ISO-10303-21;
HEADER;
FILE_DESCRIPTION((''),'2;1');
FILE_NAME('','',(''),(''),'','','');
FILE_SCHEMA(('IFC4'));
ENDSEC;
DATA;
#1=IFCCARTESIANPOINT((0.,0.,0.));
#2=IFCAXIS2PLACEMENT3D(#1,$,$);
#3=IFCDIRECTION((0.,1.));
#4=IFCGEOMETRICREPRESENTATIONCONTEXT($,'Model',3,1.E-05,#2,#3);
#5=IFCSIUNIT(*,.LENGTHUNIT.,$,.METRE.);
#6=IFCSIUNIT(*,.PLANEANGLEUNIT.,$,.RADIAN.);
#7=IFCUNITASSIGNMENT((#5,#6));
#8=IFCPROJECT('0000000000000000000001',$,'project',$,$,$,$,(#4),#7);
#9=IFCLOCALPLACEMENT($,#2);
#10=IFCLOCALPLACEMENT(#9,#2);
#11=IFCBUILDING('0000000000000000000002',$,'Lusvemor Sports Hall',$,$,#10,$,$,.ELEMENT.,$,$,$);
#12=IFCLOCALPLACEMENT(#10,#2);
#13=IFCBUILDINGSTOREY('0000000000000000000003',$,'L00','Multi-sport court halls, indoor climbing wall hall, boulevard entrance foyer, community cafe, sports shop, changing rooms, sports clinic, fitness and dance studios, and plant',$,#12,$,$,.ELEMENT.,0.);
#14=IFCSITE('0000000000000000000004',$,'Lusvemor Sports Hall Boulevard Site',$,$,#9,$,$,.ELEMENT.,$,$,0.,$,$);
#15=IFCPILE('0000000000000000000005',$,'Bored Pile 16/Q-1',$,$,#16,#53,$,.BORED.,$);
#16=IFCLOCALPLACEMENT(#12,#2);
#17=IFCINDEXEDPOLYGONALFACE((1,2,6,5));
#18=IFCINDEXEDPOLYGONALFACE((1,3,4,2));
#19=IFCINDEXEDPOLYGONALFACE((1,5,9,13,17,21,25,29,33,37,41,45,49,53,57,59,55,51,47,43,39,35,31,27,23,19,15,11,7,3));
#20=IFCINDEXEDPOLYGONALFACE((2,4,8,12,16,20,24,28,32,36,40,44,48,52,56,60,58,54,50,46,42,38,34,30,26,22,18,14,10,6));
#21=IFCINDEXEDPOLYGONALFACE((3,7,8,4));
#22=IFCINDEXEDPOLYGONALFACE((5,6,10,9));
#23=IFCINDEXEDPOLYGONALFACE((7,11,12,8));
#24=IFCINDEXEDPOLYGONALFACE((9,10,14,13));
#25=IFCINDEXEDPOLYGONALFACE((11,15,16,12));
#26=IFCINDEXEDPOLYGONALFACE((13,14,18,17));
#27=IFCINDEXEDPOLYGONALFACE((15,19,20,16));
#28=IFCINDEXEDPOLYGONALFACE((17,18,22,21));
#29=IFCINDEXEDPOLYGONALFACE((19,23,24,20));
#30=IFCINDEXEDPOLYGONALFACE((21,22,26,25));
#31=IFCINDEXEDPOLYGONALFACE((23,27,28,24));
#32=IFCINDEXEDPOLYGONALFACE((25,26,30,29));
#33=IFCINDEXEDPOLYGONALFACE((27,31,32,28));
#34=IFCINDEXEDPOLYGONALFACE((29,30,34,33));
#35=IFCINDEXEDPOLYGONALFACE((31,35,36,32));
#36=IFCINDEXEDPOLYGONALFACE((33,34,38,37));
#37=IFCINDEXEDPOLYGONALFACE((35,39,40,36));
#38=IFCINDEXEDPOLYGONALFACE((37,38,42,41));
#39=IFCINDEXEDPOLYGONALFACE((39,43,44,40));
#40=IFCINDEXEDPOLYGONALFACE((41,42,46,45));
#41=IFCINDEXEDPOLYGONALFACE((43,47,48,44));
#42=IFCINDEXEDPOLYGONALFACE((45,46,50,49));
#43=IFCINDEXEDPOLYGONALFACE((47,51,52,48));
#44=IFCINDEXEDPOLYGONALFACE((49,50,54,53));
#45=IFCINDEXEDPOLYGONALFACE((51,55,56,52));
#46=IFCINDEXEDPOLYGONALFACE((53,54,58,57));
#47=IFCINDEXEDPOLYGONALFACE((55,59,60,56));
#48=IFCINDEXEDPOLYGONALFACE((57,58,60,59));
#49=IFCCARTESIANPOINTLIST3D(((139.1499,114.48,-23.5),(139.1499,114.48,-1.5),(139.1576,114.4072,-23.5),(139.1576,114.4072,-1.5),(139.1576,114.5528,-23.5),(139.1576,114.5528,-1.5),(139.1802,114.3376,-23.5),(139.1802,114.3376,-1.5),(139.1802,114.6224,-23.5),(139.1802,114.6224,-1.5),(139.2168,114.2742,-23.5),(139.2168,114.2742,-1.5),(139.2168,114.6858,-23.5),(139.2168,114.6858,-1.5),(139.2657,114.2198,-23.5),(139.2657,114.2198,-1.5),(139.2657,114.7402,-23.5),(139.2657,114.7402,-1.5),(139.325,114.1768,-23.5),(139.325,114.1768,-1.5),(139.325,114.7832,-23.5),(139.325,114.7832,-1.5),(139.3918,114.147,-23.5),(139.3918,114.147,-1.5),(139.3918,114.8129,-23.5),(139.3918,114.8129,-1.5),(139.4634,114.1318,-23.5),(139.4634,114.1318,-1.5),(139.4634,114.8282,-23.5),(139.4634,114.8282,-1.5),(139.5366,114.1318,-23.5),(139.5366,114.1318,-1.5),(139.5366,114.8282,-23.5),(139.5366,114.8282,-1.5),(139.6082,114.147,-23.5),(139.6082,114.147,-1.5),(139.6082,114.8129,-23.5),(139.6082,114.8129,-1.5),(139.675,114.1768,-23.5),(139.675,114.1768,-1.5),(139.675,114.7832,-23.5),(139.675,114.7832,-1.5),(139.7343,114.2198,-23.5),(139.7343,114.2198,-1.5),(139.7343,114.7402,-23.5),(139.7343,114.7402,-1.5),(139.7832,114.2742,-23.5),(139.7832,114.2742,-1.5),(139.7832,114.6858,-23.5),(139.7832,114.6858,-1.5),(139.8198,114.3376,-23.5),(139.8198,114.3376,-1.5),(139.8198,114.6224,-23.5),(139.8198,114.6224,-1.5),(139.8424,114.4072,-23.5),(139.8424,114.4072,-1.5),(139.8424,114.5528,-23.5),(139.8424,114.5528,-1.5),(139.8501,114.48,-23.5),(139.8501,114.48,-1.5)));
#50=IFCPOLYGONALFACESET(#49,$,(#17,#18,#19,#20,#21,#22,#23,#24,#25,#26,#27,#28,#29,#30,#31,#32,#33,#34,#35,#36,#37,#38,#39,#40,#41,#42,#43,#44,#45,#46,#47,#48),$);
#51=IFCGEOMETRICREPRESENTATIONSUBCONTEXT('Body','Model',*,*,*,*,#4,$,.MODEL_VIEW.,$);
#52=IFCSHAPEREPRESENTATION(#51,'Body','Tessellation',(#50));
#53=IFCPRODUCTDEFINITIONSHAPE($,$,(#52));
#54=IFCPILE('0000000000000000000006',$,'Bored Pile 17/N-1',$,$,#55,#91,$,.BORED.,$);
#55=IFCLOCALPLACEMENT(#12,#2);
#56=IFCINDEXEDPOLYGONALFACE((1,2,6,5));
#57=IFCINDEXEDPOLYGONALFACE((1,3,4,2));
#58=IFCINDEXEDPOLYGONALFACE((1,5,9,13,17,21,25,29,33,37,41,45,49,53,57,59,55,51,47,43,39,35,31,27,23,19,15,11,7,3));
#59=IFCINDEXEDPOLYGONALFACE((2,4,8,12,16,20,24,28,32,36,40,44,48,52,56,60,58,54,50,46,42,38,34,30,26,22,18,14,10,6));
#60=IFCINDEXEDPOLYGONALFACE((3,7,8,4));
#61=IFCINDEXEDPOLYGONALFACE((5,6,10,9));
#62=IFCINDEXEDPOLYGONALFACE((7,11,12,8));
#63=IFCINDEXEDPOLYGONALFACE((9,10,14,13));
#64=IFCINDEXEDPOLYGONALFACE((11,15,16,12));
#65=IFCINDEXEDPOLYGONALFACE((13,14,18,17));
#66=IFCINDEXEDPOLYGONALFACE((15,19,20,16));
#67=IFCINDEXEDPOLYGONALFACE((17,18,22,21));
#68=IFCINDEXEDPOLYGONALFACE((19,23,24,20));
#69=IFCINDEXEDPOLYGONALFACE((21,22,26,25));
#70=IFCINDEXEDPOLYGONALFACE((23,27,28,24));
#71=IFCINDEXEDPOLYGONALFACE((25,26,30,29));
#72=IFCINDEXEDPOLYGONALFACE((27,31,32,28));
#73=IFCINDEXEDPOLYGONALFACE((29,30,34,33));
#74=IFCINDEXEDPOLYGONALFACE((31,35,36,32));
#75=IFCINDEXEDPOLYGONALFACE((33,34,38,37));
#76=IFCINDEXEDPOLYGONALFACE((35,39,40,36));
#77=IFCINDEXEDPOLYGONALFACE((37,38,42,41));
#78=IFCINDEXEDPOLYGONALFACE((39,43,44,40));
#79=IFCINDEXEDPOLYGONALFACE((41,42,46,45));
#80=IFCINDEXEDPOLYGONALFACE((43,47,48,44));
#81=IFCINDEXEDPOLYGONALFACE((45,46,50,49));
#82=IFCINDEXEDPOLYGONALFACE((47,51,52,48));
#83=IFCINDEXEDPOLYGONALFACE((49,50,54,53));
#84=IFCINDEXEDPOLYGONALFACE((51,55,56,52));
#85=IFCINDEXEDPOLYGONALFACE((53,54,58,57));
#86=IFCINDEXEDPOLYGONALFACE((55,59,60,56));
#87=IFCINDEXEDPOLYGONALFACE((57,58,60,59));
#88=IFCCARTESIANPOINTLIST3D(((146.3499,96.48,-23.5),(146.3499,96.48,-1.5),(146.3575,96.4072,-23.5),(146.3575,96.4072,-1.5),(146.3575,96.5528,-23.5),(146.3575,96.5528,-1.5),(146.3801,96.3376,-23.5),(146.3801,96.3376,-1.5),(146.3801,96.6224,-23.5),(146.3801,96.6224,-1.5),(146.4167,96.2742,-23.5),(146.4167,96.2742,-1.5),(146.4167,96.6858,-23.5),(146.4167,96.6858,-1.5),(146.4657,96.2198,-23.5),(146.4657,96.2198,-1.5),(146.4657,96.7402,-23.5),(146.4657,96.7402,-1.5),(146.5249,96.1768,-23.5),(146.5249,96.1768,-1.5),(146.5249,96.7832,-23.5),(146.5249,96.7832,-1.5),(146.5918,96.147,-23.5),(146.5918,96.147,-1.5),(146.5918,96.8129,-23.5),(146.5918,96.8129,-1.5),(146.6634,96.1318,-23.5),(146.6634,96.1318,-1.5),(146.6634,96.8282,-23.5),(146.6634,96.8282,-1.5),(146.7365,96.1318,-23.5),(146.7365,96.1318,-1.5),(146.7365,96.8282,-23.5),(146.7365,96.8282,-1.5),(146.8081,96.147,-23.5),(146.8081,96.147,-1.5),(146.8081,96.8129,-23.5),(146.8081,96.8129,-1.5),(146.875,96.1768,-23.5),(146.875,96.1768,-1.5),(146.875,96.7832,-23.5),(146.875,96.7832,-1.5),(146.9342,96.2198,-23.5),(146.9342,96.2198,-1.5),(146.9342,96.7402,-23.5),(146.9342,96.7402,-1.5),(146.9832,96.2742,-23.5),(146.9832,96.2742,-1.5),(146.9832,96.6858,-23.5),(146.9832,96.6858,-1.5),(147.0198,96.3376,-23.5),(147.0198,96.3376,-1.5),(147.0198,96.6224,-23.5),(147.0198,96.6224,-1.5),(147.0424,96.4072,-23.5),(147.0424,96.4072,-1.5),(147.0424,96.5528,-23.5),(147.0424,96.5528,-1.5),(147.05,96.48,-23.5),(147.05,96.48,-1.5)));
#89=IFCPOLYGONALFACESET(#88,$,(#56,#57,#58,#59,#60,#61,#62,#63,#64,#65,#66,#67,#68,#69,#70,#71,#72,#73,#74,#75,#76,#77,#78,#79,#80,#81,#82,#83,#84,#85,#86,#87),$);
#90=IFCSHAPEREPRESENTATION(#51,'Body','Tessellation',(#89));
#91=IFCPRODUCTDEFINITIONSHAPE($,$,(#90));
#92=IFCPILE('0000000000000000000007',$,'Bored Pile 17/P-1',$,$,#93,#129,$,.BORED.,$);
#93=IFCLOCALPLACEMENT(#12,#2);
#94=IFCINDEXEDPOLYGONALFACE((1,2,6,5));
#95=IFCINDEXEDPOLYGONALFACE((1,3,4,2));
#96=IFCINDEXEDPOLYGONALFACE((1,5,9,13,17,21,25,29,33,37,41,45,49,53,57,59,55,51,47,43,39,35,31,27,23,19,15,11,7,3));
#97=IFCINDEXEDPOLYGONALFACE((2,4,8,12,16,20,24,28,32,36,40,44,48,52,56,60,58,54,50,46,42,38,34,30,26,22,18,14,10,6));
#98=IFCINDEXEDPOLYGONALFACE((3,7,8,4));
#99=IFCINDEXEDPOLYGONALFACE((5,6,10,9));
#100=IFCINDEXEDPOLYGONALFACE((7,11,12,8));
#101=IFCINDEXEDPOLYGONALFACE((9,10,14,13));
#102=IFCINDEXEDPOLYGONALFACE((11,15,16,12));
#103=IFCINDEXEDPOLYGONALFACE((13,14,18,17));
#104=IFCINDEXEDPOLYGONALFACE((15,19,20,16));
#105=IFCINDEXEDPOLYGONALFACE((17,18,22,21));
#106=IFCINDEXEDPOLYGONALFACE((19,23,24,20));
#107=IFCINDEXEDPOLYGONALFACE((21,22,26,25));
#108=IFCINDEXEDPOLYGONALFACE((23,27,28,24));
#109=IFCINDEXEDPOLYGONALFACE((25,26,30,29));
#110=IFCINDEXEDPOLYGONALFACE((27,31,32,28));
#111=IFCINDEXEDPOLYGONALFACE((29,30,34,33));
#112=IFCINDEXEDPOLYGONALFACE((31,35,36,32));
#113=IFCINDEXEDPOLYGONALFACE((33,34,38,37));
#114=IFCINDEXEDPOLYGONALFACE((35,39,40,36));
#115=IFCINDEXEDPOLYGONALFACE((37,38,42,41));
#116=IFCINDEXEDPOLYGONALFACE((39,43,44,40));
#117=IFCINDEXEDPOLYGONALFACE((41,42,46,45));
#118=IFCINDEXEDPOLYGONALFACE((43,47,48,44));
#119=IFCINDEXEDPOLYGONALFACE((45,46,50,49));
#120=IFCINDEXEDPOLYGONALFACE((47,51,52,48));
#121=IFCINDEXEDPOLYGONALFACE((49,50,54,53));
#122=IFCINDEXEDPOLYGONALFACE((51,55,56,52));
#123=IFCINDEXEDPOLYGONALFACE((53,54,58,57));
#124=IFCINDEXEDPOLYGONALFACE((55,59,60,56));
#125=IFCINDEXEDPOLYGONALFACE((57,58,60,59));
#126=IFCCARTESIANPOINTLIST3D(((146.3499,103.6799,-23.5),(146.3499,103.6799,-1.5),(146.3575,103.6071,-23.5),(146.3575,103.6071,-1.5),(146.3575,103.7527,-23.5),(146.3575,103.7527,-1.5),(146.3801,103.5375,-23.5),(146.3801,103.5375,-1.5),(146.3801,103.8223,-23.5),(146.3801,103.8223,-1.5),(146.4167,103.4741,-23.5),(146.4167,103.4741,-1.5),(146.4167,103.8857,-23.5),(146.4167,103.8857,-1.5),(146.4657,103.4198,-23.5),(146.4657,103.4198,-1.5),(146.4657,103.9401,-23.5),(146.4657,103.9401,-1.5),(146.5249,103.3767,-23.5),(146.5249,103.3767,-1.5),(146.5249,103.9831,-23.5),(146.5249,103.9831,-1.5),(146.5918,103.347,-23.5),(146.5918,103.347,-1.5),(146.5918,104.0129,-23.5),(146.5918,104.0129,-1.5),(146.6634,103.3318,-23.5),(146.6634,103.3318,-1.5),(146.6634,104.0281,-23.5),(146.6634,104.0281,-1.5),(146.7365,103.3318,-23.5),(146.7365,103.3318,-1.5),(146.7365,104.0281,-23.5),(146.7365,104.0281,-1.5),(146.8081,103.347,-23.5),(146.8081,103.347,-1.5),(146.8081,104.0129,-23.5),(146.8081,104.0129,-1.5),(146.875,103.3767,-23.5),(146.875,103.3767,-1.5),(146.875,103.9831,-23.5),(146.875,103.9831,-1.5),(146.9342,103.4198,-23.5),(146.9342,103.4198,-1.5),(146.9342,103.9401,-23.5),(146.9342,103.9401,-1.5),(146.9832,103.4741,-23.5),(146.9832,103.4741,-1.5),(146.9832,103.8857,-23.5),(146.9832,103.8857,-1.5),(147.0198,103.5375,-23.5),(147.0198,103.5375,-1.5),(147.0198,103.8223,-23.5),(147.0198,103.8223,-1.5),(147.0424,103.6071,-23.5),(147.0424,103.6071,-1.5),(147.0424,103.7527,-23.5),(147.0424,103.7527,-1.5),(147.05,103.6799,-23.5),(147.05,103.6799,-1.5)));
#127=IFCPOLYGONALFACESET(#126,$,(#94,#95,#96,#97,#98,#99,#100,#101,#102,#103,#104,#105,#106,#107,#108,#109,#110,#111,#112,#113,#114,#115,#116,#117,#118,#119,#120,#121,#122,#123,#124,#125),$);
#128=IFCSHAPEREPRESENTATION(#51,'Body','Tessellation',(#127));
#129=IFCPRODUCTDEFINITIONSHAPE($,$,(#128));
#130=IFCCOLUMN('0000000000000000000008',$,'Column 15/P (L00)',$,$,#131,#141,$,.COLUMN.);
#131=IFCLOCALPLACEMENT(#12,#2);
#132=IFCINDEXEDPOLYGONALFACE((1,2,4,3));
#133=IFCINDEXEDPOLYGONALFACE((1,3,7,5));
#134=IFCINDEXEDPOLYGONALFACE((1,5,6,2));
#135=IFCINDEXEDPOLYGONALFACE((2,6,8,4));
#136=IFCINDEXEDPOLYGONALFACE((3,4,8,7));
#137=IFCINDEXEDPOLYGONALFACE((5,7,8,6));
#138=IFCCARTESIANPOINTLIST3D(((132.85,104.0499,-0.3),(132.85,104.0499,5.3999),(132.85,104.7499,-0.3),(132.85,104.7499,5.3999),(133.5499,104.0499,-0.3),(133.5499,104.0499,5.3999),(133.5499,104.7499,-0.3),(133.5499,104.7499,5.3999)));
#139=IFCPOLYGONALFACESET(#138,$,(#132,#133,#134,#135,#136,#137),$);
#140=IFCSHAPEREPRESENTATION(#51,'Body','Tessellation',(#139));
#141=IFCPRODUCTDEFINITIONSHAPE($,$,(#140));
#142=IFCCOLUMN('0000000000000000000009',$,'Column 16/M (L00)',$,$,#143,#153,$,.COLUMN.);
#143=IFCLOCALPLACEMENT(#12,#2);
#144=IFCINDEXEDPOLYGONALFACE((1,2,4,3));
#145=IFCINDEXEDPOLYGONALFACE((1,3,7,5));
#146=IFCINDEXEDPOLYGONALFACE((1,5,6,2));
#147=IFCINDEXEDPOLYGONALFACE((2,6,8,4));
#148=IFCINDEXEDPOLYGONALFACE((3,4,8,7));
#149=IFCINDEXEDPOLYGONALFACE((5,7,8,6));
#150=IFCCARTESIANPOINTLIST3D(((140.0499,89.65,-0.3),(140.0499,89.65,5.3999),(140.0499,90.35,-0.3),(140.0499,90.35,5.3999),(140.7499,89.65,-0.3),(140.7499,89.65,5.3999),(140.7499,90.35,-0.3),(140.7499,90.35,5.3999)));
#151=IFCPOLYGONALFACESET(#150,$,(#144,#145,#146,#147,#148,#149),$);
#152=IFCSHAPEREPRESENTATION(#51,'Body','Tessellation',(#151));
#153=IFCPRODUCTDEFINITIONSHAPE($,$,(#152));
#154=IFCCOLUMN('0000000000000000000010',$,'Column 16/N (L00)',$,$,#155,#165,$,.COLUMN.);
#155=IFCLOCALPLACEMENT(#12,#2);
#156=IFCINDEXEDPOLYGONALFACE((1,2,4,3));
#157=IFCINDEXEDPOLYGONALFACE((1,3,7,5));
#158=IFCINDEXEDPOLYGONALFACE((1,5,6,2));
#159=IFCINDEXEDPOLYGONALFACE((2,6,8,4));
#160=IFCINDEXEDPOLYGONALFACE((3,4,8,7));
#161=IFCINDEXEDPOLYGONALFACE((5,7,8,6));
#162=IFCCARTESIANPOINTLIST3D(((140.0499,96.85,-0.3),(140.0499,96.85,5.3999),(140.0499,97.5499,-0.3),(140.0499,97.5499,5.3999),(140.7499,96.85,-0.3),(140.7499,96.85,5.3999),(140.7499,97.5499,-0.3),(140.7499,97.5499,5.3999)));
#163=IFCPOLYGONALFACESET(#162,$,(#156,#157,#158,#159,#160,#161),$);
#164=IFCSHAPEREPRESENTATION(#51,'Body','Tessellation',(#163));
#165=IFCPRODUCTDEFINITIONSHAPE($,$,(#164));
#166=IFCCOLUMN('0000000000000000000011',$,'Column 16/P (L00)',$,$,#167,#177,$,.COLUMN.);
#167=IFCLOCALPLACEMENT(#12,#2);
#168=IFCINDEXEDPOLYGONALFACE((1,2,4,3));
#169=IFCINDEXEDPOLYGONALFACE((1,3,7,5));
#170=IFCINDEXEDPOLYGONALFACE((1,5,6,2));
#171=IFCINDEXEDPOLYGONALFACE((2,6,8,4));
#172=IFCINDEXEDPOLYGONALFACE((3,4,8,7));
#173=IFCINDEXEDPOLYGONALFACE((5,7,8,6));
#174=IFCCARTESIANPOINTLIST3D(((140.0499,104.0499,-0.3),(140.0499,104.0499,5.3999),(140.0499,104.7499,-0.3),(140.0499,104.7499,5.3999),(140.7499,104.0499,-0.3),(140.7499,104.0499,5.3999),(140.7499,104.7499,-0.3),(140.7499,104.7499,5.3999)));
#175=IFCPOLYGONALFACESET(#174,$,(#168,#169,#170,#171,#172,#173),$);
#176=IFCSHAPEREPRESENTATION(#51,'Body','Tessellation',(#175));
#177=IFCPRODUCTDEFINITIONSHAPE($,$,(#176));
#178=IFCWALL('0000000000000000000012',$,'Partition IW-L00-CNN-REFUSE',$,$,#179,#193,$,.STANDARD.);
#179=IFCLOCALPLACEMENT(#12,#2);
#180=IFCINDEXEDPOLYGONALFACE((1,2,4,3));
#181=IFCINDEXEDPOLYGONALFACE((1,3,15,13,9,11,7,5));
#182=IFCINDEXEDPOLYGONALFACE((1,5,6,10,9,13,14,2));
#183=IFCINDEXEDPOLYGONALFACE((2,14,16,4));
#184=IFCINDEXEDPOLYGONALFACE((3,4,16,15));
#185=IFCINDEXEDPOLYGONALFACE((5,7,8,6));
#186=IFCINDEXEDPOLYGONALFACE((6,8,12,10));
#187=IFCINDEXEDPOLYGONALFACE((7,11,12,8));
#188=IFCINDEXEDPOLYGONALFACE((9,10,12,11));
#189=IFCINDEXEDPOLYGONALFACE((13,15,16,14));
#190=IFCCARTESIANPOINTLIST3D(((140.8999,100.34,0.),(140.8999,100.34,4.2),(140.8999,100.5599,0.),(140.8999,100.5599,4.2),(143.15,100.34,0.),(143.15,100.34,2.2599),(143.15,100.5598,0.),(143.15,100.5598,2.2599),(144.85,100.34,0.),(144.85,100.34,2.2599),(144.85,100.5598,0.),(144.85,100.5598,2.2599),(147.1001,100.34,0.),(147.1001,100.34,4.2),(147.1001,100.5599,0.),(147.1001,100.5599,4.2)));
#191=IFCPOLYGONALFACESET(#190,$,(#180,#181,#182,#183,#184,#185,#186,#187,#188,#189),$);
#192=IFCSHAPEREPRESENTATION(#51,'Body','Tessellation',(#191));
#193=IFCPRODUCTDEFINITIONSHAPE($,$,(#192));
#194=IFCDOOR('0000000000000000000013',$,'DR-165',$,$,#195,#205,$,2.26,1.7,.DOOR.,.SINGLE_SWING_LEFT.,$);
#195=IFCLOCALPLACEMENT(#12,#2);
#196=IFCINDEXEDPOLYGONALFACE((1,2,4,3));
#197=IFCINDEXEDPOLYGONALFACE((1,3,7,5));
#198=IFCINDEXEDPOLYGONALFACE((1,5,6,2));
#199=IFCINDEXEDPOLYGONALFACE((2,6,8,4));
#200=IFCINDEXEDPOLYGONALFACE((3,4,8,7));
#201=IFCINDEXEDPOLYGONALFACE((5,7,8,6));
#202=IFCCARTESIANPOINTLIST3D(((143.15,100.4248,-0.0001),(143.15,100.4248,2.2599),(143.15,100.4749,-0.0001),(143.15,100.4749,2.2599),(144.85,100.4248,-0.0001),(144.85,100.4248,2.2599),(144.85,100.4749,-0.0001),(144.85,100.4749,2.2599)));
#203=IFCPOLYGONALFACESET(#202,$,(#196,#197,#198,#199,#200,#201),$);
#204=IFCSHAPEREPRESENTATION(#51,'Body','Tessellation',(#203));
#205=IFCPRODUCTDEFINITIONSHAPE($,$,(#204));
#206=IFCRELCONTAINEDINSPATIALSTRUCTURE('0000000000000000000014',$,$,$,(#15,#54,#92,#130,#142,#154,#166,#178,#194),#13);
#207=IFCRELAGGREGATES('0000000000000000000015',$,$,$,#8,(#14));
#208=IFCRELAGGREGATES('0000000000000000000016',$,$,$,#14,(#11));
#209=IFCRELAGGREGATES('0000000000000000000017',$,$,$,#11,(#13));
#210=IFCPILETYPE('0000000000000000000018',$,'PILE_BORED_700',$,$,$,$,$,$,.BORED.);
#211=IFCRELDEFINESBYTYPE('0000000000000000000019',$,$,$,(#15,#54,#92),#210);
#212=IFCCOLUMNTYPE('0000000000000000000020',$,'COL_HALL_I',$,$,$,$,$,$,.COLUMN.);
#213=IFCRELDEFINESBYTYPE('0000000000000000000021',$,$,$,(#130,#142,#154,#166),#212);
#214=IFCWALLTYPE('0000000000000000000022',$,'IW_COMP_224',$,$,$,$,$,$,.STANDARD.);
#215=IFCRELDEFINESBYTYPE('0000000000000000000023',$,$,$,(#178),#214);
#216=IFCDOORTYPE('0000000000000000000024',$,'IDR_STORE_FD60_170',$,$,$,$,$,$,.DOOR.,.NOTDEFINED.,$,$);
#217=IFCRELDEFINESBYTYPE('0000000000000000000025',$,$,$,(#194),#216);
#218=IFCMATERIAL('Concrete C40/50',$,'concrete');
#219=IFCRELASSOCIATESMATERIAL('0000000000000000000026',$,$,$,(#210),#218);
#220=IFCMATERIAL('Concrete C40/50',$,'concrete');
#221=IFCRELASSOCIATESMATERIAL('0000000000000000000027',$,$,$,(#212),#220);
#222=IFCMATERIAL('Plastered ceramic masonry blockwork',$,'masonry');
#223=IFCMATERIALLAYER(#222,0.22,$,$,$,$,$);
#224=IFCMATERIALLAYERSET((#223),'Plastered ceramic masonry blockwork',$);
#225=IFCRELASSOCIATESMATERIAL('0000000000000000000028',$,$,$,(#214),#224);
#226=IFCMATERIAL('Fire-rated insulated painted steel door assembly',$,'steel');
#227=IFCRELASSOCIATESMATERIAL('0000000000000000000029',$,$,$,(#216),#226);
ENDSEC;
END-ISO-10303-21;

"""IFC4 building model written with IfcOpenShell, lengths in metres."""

from ifc_helpers import new_model, si_unit, direction, frame, frame_2d, origin, origin_2d, place, context, subcontext, project, spatial, rectangle, circle, extrude, material, layer, layer_set, material_profile, profile_set, type_object, element, fill, save


model = new_model("IFC4")

# Units and contexts
model_context = context("Model", 3, precision=1e-05, world=origin(), true_north=direction((0.0, 1.0)))
body_context = subcontext(model_context, "Body", "Model", "MODEL_VIEW")
ifc_project = project(units=[si_unit("LENGTHUNIT", "METRE"), si_unit("PLANEANGLEUNIT", "RADIAN")], contexts=[model_context])

# Site, building, storey
site_placement = place(None, origin())
site = spatial("IfcSite", under=ifc_project, at=site_placement, Name="Lusvemor Sports Hall Boulevard Site", CompositionType="ELEMENT", RefElevation=0.0)
building_placement = place(site_placement, origin())
building = spatial("IfcBuilding", under=site, at=building_placement, Name="Lusvemor Sports Hall", CompositionType="ELEMENT")
storey_placement = place(building_placement, origin())
storey = spatial("IfcBuildingStorey", under=building, at=storey_placement, Name="L00", Description="Multi-sport court halls, indoor climbing wall hall, boulevard entrance foyer, community cafe, sports shop, changing rooms, sports clinic, fitness and dance studios, and plant", CompositionType="ELEMENT", Elevation=0.0)

# Piles
ifc_material_1 = material(Name="Concrete C40/50", Category="concrete")
ifc_material_profile_1 = material_profile(ifc_material_1, circle(Radius=0.3501, at=origin_2d()), Name="PILE700")
ifc_profile_set_1 = profile_set([ifc_material_profile_1], Name="Concrete C40/50")
pile_type = type_object("IfcPileType", Name="PILE_BORED_700", PredefinedType="BORED", material=ifc_profile_set_1)
for number, where, z_axis, x_axis, name in (
    (1, (139.5, 114.48, -1.5), (0.0, 0.0, -1.0), (1.0, 0.0, 0.0), "Bored Pile 16/Q-1"),
    (2, (146.7, 96.48, -1.5), (0.0, 0.0, -1.0), (1.0, 0.0, 0.0), "Bored Pile 17/N-1"),
    (3, (146.7, 103.6799, -1.5), (0.0, 0.0, -1.0), (1.0, 0.0, 0.0), "Bored Pile 17/P-1"),
):
    element("IfcPile", number, at=place(storey_placement, frame(where, z_axis=z_axis, x_axis=x_axis)), inside=storey, type_object=pile_type, Name=name, PredefinedType="BORED", context=body_context, shape_type="SweptSolid", body=[
        extrude(circle(Radius=0.3501, at=origin_2d()), origin(), (0.0, 0.0, 1.0), 22.0),
    ])

# Columns
ifc_material_2 = material(Name="Concrete C40/50", Category="concrete")
ifc_material_profile_2 = material_profile(ifc_material_2, rectangle(XDim=0.7, YDim=0.7, at=origin_2d()), Name="RC700x700")
ifc_profile_set_2 = profile_set([ifc_material_profile_2], Name="Concrete C40/50")
column_type = type_object("IfcColumnType", Name="COL_HALL_I", PredefinedType="COLUMN", material=ifc_profile_set_2)
for number, where, z_axis, x_axis, name in (
    (4, (133.2, 104.3999, -0.3), (0.0, 0.0, 1.0), (1.0, 0.0, 0.0), "Column 15/P (L00)"),
    (5, (140.3999, 90.0, -0.3), (0.0, 0.0, 1.0), (1.0, 0.0, 0.0), "Column 16/M (L00)"),
    (6, (140.3999, 97.2, -0.3), (0.0, 0.0, 1.0), (1.0, 0.0, 0.0), "Column 16/N (L00)"),
    (7, (140.3999, 104.3999, -0.3), (0.0, 0.0, 1.0), (1.0, 0.0, 0.0), "Column 16/P (L00)"),
):
    element("IfcColumn", number, at=place(storey_placement, frame(where, z_axis=z_axis, x_axis=x_axis)), inside=storey, type_object=column_type, Name=name, PredefinedType="COLUMN", context=body_context, shape_type="SweptSolid", body=[
        extrude(rectangle(XDim=0.7, YDim=0.7, at=origin_2d()), origin(), (0.0, 0.0, 1.0), 5.7),
    ])

# Wall, opening, door
ifc_material_3 = material(Name="Plastered ceramic masonry blockwork", Category="masonry")
ifc_layer_1 = layer(ifc_material_3, 0.22)
ifc_layer_set_1 = layer_set([ifc_layer_1], Name="Plastered ceramic masonry blockwork")
wall_type_1 = type_object("IfcWallType", Name="IW_COMP_224", PredefinedType="STANDARD", material=ifc_layer_set_1)
wall_1_placement = place(storey_placement, frame((140.8999, 100.45, 0.0), z_axis=(0.0, 0.0, 1.0), x_axis=(1.0, 0.0, 0.0)))
wall_1 = element("IfcWall", 8, at=wall_1_placement, inside=storey, type_object=wall_type_1, Name="Partition IW-L00-CNN-REFUSE", PredefinedType="STANDARD", context=body_context, shape_type="SweptSolid", body=[
    extrude(rectangle(XDim=6.2002, YDim=0.22, at=frame_2d((3.1001, 0.0))), origin(), (0.0, 0.0, 1.0), 4.2),
])
opening_placement = place(wall_1_placement, frame((2.25, 0.0, 0.0)))
opening = element("IfcOpeningElement", 9, at=opening_placement, cuts=wall_1, PredefinedType="OPENING", context=body_context, shape_type="SweptSolid", body=[
    extrude(rectangle(XDim=1.7, YDim=2.26, at=frame_2d((0.8501, 1.1299))), frame((0.0, 0.1099, 0.0), z_axis=(0.0, -1.0, 0.0), x_axis=(1.0, 0.0, 0.0)), (0.0, 0.0, 1.0), 0.22),
])
ifc_material_4 = material(Name="Fire-rated insulated painted steel door assembly", Category="steel")
door_type = type_object("IfcDoorType", Name="IDR_STORE_FD60_170", OperationType="NOTDEFINED", PredefinedType="DOOR", material=ifc_material_4)
door_placement = place(opening_placement, origin())
door = element("IfcDoor", 10, at=door_placement, inside=storey, type_object=door_type, Name="DR-165", OperationType="SINGLE_SWING_LEFT", OverallHeight=2.26, OverallWidth=1.7, PredefinedType="DOOR", context=body_context, shape_type="SweptSolid", body=[
    extrude(rectangle(XDim=1.7, YDim=2.26, at=frame_2d((0.8501, 1.1299))), frame((0.0, 0.0249, 0.0), z_axis=(0.0, -1.0, 0.0), x_axis=(1.0, 0.0, 0.0)), (0.0, 0.0, 1.0), 0.05),
])
fill(opening, door)

save(model, "model.ifc")
